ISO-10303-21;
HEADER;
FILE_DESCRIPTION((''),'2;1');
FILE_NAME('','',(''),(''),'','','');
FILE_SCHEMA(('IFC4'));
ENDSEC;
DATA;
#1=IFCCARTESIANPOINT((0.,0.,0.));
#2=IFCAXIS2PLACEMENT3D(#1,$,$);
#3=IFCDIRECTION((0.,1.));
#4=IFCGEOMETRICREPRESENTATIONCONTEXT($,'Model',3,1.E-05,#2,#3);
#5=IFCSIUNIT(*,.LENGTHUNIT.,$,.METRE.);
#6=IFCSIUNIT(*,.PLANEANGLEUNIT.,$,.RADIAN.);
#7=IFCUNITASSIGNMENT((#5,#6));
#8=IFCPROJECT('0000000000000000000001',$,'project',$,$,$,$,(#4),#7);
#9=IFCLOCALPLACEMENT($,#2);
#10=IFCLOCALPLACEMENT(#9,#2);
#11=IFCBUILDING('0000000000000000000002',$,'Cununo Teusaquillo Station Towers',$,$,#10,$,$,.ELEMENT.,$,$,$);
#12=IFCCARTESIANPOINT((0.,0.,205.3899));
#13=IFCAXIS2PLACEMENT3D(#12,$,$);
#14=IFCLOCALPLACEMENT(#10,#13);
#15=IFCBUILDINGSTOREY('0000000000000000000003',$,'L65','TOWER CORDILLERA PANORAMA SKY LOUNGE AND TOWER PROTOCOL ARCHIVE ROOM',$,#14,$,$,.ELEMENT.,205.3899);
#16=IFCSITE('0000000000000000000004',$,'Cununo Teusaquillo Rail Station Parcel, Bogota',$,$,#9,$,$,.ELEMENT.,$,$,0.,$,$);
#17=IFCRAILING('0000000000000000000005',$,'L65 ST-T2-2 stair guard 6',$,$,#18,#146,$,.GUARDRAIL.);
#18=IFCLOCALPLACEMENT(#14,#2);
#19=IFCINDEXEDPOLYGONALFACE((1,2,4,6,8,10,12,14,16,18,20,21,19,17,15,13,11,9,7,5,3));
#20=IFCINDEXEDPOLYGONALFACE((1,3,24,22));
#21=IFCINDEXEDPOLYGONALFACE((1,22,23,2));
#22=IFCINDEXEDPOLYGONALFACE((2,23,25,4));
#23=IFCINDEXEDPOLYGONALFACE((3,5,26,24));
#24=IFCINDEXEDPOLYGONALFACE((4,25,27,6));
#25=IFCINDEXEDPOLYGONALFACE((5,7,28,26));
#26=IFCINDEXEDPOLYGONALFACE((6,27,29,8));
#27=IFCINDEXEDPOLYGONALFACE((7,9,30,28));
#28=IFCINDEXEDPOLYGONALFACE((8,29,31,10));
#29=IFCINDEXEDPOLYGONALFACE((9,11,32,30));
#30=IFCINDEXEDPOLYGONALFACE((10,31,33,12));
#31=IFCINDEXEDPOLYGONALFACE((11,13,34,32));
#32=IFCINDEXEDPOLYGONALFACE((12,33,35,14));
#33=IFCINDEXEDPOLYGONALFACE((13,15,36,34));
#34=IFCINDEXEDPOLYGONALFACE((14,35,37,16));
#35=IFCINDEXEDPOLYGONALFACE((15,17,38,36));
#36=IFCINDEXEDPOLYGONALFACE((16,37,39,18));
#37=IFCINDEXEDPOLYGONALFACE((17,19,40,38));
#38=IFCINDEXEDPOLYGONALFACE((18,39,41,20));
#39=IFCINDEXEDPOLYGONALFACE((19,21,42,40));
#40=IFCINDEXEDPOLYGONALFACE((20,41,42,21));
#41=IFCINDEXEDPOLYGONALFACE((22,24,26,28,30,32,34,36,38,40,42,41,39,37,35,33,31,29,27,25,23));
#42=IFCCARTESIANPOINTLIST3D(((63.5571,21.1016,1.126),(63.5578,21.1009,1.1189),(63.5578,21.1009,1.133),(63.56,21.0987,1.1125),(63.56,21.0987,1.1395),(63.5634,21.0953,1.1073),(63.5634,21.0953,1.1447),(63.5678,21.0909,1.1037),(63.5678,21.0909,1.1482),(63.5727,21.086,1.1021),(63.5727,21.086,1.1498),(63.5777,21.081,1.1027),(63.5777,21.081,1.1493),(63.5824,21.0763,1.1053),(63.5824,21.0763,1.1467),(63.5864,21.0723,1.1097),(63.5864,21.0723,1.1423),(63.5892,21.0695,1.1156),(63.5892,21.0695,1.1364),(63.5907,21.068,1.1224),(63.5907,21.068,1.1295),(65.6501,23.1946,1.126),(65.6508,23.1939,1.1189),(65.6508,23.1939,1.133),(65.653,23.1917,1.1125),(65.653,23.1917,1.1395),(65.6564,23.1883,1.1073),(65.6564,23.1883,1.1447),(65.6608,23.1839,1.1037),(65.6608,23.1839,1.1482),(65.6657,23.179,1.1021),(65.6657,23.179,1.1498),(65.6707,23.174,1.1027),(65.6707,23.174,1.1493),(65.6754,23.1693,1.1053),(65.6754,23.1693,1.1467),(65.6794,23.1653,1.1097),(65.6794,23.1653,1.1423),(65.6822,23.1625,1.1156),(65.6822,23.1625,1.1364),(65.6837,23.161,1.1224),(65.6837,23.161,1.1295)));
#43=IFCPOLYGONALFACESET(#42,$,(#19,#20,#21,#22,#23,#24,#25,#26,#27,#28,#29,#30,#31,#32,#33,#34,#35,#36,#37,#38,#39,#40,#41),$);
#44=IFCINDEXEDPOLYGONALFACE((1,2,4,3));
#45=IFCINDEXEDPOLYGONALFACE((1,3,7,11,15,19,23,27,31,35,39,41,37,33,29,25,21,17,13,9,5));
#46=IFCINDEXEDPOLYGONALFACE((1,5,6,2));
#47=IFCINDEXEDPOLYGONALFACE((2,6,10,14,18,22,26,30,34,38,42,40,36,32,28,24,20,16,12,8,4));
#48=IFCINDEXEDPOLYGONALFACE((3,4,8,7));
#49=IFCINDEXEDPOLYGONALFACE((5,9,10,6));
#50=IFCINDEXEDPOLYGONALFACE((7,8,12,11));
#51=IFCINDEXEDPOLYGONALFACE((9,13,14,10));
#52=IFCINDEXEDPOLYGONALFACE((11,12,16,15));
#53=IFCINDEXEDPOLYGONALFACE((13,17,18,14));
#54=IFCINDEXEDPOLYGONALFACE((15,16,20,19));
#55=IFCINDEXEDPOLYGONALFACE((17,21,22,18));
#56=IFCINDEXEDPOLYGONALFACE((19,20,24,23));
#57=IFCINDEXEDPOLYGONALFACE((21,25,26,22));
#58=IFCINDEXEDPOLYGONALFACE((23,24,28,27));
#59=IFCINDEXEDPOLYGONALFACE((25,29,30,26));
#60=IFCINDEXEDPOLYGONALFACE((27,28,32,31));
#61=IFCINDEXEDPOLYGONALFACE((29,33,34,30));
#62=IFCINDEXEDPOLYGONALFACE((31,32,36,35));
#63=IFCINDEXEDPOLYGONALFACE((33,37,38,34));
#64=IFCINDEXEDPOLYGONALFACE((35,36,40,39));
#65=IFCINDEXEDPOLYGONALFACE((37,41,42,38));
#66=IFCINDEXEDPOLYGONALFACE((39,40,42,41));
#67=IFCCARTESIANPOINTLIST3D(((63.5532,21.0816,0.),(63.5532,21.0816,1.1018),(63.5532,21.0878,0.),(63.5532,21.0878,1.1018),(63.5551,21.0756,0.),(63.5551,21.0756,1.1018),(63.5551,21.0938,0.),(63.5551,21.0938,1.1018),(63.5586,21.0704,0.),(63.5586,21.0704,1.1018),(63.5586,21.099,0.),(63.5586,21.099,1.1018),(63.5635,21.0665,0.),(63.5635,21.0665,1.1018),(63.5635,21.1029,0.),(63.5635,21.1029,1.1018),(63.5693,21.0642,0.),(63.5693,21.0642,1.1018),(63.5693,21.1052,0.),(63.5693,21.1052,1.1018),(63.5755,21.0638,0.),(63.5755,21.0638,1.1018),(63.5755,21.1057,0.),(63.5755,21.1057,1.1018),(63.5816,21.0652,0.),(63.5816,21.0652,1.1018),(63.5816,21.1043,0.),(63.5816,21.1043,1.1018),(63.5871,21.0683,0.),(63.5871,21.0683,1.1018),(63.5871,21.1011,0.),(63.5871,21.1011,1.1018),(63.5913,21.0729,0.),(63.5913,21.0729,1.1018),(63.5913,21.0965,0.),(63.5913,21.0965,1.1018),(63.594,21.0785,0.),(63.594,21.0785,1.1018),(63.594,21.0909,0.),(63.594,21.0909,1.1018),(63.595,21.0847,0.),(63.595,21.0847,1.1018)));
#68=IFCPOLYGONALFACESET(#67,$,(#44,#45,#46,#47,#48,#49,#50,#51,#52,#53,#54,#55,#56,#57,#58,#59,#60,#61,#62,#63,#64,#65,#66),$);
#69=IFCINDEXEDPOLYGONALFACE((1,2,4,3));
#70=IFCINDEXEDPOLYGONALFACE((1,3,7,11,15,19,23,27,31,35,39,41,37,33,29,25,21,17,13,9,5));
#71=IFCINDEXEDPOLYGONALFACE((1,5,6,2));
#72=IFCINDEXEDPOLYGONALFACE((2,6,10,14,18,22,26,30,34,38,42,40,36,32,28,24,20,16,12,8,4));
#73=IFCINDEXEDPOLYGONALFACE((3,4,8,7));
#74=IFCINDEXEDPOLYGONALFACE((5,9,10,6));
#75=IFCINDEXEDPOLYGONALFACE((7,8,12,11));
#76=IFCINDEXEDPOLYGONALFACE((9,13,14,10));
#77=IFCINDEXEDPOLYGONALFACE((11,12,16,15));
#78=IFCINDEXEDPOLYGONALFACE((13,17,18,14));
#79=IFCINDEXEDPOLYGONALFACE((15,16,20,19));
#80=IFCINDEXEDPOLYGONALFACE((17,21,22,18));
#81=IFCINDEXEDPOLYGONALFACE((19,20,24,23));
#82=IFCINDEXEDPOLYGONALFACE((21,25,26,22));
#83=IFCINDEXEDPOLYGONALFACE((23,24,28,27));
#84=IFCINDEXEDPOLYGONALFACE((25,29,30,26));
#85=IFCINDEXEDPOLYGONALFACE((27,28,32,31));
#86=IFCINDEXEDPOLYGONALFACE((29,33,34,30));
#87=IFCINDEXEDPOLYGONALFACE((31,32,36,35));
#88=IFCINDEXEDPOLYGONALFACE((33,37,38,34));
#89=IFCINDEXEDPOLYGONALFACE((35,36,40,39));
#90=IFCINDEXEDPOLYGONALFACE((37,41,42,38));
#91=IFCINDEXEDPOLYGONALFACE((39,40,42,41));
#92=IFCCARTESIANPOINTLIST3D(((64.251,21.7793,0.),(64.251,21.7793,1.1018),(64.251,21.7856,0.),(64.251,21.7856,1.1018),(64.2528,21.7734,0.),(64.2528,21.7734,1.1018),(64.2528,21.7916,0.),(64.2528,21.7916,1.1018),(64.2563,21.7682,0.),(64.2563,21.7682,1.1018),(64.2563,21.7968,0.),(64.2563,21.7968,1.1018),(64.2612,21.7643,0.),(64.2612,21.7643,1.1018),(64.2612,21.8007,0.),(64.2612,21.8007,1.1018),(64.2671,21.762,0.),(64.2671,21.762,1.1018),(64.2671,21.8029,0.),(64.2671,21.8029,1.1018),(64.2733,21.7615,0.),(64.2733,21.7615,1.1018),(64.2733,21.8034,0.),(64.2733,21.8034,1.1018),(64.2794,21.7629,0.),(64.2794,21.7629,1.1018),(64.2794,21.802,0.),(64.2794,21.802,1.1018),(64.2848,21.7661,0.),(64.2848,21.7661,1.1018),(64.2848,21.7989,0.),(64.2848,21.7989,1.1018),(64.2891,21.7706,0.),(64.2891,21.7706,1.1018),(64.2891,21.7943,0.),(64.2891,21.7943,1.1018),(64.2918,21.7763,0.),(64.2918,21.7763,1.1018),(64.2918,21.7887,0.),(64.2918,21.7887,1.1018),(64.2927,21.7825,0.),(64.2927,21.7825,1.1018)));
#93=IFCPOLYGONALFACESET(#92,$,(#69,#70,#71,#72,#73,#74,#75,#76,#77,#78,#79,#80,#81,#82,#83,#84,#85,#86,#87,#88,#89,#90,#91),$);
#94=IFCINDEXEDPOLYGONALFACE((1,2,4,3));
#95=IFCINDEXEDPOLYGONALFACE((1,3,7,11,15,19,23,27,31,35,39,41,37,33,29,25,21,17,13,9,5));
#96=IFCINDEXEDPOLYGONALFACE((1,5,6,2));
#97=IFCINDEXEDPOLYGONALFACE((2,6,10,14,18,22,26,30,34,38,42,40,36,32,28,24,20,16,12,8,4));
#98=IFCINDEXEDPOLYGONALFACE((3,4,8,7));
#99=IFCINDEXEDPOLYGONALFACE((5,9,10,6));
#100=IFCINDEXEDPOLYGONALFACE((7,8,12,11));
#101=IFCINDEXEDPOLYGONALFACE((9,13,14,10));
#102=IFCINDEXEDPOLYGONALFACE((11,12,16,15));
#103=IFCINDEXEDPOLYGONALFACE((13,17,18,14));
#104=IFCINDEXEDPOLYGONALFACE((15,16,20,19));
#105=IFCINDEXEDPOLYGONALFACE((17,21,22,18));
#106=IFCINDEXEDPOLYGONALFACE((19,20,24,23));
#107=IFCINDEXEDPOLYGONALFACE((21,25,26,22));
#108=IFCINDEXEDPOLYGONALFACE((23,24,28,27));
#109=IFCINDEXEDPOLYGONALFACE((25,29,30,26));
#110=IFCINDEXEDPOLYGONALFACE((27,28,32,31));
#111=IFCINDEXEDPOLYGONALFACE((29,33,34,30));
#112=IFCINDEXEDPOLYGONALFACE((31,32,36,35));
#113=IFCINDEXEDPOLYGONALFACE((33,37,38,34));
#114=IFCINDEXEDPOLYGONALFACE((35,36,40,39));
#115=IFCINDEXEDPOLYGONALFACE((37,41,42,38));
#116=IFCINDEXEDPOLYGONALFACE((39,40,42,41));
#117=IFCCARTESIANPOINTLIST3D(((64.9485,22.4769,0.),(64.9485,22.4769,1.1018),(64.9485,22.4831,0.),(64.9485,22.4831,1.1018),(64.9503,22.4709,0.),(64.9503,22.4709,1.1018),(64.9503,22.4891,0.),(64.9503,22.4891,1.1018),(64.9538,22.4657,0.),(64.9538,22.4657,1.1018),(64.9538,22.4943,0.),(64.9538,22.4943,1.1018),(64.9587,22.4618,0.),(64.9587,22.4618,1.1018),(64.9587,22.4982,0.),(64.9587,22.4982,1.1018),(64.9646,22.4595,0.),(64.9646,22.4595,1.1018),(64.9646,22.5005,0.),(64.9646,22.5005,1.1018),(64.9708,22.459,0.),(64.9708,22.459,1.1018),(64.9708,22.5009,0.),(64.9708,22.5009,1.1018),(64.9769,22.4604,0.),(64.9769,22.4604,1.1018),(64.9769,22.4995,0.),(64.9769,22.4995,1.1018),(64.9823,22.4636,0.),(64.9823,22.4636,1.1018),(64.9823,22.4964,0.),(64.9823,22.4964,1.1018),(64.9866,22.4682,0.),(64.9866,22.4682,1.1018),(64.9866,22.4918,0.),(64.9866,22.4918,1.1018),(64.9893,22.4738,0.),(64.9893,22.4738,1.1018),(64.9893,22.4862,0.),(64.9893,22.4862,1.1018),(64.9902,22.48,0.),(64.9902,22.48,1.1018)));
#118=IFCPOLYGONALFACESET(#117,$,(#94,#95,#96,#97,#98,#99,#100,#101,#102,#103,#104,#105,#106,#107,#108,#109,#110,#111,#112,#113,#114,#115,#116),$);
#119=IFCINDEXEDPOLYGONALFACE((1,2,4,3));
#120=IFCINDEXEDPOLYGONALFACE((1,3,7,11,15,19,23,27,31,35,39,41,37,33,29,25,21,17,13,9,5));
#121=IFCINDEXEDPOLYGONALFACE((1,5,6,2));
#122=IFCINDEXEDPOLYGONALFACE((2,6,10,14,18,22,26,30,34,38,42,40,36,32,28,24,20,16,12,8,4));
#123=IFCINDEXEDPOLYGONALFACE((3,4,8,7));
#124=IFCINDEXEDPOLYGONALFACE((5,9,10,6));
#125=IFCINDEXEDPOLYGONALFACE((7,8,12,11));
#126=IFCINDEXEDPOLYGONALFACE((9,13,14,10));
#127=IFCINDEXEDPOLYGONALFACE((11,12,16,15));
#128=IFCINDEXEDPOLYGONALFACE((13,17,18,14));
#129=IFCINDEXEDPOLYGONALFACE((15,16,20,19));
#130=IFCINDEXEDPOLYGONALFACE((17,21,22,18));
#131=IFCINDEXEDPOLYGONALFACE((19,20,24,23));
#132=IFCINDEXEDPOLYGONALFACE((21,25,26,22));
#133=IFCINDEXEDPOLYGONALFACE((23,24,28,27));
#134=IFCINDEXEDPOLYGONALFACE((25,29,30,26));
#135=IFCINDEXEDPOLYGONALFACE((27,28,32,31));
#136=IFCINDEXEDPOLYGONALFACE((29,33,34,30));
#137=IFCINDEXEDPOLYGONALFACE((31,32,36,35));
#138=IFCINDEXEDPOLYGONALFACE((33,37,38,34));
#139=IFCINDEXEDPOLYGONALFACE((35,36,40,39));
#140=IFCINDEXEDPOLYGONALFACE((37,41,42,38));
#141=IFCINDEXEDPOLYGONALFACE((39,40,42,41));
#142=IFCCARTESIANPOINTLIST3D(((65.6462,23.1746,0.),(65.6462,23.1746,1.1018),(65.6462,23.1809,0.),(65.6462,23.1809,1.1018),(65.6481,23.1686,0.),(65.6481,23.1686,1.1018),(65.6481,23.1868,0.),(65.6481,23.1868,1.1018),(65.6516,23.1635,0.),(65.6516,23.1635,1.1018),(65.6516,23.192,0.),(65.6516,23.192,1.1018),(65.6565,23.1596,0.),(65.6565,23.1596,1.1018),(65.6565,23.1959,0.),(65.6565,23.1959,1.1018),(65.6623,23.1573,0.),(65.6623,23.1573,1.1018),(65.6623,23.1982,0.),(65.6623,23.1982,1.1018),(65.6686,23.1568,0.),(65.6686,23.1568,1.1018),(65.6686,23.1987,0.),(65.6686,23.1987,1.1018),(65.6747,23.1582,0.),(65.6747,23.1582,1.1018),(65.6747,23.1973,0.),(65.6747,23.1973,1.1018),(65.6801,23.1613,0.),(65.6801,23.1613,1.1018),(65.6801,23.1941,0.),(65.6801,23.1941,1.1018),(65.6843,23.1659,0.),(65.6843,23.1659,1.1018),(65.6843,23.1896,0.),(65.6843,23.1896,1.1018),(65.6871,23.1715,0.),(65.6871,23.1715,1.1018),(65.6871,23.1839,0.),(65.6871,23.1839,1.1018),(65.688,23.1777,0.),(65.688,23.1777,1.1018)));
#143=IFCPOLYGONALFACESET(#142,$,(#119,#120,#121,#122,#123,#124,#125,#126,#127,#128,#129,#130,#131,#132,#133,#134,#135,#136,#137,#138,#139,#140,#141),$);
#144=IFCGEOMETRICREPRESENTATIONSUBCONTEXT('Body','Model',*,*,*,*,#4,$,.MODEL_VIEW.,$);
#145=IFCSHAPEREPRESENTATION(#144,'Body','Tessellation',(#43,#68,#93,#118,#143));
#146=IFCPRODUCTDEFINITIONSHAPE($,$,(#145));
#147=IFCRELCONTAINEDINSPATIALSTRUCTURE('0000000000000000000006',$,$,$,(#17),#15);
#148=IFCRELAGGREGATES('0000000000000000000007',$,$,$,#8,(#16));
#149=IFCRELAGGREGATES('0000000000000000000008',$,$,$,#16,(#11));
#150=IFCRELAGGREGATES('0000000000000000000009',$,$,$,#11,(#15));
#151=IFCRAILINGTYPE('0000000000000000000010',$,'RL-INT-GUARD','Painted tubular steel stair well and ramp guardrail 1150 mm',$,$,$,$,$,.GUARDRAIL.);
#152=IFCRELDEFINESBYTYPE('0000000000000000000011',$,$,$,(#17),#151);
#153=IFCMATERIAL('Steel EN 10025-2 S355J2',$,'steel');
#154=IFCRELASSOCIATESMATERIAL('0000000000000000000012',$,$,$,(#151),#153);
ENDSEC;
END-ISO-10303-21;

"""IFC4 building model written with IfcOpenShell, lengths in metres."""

from ifc_helpers import new_model, si_unit, direction, frame, origin, origin_2d, place, context, subcontext, project, spatial, circle, extrude, material, type_object, element, save


model = new_model("IFC4")

# Units and contexts
model_context = context("Model", 3, precision=1e-05, world=origin(), true_north=direction((0.0, 1.0)))
body_context = subcontext(model_context, "Body", "Model", "MODEL_VIEW")
ifc_project = project(units=[si_unit("LENGTHUNIT", "METRE"), si_unit("PLANEANGLEUNIT", "RADIAN")], contexts=[model_context])

# Site, building, storey
site_placement = place(None, origin())
site = spatial("IfcSite", under=ifc_project, at=site_placement, Name="Cununo Teusaquillo Rail Station Parcel, Bogota", CompositionType="ELEMENT", RefElevation=0.0)
building_placement = place(site_placement, origin())
building = spatial("IfcBuilding", under=site, at=building_placement, Name="Cununo Teusaquillo Station Towers", CompositionType="ELEMENT")
storey_placement = place(building_placement, frame((0.0, 0.0, 205.3899)))
storey = spatial("IfcBuildingStorey", under=building, at=storey_placement, Name="L65", Description="TOWER CORDILLERA PANORAMA SKY LOUNGE AND TOWER PROTOCOL ARCHIVE ROOM", CompositionType="ELEMENT", Elevation=205.3899)

# Railing
ifc_material_1 = material(Name="Steel EN 10025-2 S355J2", Category="steel")
railing_type = type_object("IfcRailingType", Name="RL-INT-GUARD", Description="Painted tubular steel stair well and ramp guardrail 1150 mm", PredefinedType="GUARDRAIL", material=ifc_material_1)
railing_1_placement = place(storey_placement, frame((63.574, 21.0847, 0.0)))
element("IfcRailing", 1, at=railing_1_placement, inside=storey, type_object=railing_type, Name="L65 ST-T2-2 stair guard 6", PredefinedType="GUARDRAIL", context=body_context, shape_type="SweptSolid", body=[
    extrude(circle(Radius=0.0239, at=origin_2d()), frame((0.0, 0.0, 1.126), z_axis=(0.707107, 0.707107, 0.0), x_axis=(-0.707107, 0.707107, 0.0)), (0.0, 0.0, 1.0), 2.96),
    extrude(circle(Radius=0.021, at=origin_2d()), origin(), (0.0, 0.0, 1.0), 1.1018),
    extrude(circle(Radius=0.021, at=origin_2d()), frame((0.6978, 0.6978, 0.0)), (0.0, 0.0, 1.0), 1.1018),
    extrude(circle(Radius=0.021, at=origin_2d()), frame((1.3953, 1.3953, 0.0)), (0.0, 0.0, 1.0), 1.1018),
    extrude(circle(Radius=0.021, at=origin_2d()), frame((2.093, 2.093, 0.0)), (0.0, 0.0, 1.0), 1.1018),
])

save(model, "model.ifc")
